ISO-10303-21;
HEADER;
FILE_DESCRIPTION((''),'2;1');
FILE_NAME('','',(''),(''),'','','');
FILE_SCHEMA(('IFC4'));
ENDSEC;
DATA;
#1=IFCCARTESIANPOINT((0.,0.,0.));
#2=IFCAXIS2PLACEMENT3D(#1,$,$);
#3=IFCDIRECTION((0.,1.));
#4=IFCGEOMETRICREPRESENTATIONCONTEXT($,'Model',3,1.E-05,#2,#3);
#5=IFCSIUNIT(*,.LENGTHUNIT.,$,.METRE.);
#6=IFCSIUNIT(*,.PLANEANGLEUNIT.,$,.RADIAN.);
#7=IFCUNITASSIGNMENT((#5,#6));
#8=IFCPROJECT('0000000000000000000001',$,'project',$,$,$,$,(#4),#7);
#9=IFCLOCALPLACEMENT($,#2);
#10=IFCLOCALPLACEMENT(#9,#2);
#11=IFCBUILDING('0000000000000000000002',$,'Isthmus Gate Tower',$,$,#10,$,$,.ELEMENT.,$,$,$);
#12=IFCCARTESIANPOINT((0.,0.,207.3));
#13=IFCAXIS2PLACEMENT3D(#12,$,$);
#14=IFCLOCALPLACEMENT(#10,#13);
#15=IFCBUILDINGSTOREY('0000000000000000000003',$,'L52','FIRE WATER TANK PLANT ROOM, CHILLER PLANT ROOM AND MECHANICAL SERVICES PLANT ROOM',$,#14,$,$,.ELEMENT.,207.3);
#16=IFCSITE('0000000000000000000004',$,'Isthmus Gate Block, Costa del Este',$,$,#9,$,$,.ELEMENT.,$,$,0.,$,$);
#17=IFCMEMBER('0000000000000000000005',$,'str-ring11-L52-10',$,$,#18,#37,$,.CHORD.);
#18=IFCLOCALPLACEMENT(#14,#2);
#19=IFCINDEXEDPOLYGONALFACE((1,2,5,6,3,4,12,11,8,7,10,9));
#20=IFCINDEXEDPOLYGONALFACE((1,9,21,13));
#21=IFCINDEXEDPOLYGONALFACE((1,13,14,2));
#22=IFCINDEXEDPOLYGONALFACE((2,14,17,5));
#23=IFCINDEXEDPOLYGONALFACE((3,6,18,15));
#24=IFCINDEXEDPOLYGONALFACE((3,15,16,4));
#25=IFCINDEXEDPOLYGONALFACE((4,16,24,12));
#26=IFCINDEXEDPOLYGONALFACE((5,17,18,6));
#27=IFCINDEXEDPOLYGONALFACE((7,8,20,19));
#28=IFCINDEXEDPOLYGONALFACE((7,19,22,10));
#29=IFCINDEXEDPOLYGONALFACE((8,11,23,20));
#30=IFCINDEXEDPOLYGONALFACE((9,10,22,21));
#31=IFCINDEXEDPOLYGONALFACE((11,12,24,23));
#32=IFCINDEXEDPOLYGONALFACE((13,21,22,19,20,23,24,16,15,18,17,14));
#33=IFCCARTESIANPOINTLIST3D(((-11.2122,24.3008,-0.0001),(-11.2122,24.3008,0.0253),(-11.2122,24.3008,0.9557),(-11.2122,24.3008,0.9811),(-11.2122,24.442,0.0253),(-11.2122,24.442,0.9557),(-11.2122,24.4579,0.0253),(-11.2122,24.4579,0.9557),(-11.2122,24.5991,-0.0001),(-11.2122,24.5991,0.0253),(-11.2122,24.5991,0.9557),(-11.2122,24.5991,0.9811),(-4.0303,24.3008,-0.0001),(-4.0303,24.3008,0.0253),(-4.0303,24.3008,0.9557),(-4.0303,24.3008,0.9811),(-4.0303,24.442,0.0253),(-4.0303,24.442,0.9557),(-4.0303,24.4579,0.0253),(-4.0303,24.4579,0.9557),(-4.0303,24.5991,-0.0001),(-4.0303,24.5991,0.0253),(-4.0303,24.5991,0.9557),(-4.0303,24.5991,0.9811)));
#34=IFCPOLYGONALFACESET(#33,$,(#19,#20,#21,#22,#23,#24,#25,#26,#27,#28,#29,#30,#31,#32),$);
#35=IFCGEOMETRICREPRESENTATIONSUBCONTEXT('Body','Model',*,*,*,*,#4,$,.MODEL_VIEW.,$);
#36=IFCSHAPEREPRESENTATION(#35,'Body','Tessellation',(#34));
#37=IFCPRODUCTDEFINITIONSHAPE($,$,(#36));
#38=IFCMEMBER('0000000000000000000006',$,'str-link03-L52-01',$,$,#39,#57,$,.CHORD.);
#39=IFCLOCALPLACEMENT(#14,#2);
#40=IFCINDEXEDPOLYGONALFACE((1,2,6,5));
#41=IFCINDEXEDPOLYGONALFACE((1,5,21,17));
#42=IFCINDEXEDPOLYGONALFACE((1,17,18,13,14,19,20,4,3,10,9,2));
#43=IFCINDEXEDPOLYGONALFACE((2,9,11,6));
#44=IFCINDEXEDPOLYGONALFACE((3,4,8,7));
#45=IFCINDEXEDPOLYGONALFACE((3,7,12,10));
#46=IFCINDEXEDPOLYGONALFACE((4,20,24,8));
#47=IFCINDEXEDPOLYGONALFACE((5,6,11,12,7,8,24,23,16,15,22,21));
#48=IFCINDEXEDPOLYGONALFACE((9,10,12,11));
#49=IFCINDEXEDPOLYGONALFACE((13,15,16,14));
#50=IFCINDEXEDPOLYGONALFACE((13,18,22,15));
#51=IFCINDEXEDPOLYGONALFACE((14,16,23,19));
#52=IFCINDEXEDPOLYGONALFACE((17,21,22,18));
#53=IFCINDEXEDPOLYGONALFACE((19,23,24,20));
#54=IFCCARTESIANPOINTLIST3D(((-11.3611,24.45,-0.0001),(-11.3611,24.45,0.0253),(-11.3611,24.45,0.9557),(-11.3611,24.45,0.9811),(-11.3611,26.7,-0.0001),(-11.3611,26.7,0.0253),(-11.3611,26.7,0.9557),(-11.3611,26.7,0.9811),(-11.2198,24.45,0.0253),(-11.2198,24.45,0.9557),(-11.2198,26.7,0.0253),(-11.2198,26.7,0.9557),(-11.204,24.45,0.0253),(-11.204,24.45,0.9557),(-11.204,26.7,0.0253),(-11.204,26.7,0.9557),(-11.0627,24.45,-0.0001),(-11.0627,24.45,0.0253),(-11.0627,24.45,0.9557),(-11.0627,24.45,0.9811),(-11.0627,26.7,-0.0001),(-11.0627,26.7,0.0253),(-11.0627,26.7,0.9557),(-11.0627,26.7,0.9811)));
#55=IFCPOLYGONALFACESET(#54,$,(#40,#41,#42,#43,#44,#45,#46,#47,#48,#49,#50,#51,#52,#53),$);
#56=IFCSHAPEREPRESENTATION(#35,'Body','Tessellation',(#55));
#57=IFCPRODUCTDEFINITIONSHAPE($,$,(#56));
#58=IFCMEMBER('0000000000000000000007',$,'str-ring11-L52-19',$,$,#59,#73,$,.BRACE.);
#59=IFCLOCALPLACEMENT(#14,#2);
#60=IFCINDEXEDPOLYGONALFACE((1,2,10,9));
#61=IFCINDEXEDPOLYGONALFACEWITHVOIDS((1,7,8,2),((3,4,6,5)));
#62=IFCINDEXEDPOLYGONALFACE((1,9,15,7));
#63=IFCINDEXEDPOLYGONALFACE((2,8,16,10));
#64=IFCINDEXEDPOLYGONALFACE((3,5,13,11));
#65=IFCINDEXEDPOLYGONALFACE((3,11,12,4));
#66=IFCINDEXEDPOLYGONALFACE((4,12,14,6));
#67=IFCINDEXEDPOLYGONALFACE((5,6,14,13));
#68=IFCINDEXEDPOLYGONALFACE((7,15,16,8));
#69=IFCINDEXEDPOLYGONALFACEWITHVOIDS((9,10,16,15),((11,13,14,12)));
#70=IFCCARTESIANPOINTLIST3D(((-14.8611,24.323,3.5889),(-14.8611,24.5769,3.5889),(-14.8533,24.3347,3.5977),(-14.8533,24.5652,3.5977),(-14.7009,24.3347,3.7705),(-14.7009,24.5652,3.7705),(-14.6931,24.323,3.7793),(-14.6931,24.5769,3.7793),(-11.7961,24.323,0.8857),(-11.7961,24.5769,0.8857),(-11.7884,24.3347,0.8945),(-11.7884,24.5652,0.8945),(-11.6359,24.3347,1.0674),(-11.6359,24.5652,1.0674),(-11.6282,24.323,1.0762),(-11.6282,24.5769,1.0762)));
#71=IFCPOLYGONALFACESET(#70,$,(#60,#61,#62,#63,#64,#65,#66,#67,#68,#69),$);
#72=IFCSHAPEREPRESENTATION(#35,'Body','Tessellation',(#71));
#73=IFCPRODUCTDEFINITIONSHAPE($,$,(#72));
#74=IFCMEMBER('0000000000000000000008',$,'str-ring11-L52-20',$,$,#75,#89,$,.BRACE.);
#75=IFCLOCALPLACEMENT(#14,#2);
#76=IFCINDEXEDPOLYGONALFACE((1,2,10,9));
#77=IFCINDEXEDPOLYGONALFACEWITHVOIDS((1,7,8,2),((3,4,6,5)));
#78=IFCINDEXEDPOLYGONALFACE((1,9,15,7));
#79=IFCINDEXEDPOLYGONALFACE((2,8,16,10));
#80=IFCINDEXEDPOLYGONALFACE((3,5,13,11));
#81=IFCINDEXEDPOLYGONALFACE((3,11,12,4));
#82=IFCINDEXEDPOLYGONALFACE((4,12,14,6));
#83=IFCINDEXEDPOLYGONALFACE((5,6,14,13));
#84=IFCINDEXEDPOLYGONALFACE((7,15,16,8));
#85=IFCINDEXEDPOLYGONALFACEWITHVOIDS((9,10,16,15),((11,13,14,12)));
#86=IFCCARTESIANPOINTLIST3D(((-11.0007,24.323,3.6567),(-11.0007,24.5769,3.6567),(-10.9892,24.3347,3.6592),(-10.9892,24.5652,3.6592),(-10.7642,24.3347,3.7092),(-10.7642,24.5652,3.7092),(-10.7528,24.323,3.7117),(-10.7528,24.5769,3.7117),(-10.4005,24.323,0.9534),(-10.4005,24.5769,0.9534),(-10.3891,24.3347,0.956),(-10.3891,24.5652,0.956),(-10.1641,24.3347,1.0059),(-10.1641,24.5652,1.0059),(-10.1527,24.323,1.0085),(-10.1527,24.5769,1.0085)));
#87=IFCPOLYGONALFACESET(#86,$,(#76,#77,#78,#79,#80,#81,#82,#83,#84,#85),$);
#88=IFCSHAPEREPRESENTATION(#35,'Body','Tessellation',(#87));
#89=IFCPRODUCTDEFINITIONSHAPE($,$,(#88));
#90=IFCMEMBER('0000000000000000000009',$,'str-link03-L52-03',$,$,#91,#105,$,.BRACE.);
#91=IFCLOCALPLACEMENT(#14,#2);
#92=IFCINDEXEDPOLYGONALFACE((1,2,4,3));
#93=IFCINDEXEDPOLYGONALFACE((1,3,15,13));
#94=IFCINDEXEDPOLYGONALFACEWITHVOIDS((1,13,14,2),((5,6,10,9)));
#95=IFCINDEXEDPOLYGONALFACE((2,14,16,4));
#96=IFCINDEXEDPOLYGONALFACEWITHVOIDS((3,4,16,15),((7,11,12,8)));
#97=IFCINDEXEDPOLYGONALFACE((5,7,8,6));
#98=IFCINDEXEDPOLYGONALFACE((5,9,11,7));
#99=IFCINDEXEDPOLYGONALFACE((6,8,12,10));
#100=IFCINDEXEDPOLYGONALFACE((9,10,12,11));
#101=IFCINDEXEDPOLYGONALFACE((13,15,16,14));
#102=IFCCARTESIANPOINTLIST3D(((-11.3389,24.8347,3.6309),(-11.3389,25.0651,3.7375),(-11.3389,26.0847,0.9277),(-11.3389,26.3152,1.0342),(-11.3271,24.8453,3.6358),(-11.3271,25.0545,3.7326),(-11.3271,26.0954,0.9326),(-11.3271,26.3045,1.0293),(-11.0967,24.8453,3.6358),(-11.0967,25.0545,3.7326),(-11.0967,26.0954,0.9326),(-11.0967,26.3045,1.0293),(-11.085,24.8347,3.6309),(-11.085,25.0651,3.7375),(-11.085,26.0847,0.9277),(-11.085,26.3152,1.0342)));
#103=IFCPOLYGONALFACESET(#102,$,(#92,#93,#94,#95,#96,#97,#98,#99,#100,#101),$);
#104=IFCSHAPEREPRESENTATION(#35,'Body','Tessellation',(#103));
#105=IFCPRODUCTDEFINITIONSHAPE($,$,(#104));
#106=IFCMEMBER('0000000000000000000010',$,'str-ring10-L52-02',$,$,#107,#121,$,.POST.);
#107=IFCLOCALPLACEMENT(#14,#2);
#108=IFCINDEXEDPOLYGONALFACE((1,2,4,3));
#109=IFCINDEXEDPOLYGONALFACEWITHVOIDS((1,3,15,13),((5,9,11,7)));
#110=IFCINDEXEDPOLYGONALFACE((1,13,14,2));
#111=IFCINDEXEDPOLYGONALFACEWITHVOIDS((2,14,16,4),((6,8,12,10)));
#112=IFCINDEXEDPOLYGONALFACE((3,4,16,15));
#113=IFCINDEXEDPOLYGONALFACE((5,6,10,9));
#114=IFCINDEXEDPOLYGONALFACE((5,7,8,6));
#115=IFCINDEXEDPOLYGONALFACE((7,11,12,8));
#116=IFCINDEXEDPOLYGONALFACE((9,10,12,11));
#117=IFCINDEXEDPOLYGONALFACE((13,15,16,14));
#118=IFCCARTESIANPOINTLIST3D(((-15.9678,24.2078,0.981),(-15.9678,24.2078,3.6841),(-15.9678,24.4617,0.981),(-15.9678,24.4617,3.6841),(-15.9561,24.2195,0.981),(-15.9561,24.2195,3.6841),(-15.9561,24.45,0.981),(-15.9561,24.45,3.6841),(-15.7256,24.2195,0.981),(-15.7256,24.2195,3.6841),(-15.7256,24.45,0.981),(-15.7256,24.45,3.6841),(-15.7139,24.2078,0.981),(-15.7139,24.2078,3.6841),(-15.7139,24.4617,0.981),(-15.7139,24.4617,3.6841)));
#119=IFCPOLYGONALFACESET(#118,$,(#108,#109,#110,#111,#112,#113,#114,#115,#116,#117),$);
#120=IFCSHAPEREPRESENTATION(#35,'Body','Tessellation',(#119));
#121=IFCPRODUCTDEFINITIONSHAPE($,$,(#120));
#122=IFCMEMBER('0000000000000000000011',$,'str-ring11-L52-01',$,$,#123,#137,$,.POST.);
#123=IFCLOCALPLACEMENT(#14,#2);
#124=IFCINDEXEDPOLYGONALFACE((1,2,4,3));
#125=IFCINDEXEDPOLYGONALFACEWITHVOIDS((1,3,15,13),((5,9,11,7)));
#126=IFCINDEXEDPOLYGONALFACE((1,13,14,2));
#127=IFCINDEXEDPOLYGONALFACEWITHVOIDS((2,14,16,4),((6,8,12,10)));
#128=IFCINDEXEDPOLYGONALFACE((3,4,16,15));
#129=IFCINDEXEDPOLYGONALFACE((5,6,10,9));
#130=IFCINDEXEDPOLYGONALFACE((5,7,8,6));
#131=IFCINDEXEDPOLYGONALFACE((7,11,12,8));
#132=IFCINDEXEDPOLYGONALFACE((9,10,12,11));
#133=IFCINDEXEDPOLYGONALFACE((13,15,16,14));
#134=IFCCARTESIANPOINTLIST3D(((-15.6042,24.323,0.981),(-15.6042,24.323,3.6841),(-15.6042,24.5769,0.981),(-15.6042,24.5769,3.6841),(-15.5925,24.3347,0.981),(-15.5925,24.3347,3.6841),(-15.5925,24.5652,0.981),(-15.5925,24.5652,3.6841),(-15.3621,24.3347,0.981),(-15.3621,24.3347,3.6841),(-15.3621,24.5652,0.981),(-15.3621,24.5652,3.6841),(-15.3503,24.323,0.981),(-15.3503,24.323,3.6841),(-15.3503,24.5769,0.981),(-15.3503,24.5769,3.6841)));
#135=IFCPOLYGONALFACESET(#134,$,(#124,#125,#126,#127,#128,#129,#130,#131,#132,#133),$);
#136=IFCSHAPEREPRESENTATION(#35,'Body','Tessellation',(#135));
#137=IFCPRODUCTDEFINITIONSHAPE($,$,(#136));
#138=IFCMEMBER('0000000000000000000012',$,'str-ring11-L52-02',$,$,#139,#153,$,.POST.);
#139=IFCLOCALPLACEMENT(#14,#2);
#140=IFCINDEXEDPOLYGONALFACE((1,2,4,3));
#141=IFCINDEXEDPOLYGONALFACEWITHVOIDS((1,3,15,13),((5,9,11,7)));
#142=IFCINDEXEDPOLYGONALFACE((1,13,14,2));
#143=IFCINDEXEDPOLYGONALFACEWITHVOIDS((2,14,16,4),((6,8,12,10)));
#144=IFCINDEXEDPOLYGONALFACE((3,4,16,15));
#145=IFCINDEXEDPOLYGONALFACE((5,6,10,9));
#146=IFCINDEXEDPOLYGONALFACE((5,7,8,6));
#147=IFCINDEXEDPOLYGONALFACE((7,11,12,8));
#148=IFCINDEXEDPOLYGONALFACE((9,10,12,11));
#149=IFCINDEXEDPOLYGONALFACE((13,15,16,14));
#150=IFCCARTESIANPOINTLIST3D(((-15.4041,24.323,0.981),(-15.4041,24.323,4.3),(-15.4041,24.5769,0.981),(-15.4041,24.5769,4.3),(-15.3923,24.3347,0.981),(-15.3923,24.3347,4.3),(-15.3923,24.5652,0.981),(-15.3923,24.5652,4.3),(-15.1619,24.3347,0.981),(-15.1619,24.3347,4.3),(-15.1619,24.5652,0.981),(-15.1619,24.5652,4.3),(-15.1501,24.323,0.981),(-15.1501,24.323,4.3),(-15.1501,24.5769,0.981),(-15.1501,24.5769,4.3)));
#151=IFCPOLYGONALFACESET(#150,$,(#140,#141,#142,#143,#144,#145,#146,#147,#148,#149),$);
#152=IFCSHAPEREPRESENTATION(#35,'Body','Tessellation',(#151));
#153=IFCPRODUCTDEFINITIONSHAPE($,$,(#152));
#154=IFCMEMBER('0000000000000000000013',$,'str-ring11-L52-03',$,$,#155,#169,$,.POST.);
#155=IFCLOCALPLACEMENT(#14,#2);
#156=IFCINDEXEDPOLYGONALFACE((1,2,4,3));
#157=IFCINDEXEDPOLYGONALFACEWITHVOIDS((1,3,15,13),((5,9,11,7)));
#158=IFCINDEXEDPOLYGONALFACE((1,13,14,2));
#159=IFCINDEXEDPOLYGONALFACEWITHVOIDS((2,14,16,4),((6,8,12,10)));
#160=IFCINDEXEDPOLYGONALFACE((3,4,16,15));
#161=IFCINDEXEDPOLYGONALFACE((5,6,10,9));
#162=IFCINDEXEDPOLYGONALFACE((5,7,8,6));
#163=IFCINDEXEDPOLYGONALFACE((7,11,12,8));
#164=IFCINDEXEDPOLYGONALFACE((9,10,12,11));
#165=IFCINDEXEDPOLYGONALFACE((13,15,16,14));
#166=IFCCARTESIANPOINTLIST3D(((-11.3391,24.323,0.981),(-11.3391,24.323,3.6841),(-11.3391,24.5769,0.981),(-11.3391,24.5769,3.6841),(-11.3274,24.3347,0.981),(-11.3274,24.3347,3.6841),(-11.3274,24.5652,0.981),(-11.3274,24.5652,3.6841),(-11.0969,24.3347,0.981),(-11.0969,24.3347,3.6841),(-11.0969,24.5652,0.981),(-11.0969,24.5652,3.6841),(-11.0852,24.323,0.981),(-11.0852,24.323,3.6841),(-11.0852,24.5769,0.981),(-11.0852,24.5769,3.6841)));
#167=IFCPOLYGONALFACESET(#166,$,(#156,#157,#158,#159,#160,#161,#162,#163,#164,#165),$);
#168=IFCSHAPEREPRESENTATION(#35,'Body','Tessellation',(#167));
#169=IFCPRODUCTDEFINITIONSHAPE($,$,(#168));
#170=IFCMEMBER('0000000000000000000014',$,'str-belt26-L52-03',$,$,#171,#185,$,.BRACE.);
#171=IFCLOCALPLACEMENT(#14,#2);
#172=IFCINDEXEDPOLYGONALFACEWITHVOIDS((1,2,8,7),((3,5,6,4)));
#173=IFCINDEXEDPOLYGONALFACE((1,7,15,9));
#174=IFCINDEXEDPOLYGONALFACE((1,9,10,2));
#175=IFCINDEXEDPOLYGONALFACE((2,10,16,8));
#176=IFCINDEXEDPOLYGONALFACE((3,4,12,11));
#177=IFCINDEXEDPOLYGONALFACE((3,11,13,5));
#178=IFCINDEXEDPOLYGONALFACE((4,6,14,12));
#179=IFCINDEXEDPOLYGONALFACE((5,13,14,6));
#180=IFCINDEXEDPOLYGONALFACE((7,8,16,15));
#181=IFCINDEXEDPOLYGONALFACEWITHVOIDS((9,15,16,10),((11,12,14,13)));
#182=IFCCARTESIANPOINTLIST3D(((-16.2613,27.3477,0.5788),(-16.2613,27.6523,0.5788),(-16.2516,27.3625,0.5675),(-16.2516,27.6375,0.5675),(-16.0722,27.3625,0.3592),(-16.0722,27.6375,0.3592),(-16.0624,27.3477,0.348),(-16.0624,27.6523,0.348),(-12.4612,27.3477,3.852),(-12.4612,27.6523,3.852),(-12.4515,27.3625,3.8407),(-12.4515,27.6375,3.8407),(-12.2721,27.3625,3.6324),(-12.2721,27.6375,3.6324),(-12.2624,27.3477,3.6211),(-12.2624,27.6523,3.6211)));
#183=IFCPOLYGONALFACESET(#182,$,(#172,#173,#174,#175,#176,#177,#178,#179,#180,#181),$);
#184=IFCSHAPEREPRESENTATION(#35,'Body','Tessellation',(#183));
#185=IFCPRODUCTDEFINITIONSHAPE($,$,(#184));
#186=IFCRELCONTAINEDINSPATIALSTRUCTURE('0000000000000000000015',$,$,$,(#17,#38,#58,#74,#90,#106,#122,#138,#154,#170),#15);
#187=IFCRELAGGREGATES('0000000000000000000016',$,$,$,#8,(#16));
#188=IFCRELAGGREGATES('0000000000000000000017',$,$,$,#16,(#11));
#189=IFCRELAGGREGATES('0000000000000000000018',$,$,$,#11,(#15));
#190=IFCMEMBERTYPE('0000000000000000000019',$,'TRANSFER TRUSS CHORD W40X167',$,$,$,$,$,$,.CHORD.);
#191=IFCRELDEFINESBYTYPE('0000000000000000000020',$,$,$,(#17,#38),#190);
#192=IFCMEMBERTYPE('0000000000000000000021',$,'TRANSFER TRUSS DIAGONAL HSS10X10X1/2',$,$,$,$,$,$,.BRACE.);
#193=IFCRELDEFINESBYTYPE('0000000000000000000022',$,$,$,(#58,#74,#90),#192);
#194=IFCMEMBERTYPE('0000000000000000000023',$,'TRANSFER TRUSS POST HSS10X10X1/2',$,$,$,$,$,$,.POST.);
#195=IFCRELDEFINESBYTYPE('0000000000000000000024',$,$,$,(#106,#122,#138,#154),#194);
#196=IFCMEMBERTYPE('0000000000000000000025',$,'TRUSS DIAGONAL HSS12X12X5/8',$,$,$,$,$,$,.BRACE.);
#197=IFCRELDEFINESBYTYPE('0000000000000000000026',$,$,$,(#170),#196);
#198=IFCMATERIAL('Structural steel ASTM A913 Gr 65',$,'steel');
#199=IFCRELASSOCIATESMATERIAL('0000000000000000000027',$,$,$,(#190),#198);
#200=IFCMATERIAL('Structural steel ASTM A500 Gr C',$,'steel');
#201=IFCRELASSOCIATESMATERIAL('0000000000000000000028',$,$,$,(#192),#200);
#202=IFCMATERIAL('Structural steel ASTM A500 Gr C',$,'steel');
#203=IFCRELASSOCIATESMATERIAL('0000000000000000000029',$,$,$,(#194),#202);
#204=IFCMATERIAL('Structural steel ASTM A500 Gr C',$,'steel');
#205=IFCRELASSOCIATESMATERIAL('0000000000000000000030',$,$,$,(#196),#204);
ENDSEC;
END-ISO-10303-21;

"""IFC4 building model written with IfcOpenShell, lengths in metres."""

from ifc_helpers import new_model, si_unit, direction, frame, origin, origin_2d, place, context, subcontext, project, spatial, hollow_rectangle, i_section, extrude, material, material_profile, profile_set, type_object, element, save


model = new_model("IFC4")

# Units and contexts
model_context = context("Model", 3, precision=1e-05, world=origin(), true_north=direction((0.0, 1.0)))
body_context = subcontext(model_context, "Body", "Model", "MODEL_VIEW")
ifc_project = project(units=[si_unit("LENGTHUNIT", "METRE"), si_unit("PLANEANGLEUNIT", "RADIAN")], contexts=[model_context])

# Site, building, storey
site_placement = place(None, origin())
site = spatial("IfcSite", under=ifc_project, at=site_placement, Name="Isthmus Gate Block, Costa del Este", CompositionType="ELEMENT", RefElevation=0.0)
building_placement = place(site_placement, origin())
building = spatial("IfcBuilding", under=site, at=building_placement, Name="Isthmus Gate Tower", CompositionType="ELEMENT")
storey_placement = place(building_placement, frame((0.0, 0.0, 207.3)))
storey = spatial("IfcBuildingStorey", under=building, at=storey_placement, Name="L52", Description="FIRE WATER TANK PLANT ROOM, CHILLER PLANT ROOM AND MECHANICAL SERVICES PLANT ROOM", CompositionType="ELEMENT", Elevation=207.3)

# Members
ifc_material_1 = material(Name="Structural steel ASTM A913 Gr 65", Category="steel")
ifc_material_profile_1 = material_profile(ifc_material_1, i_section(OverallWidth=0.2983, OverallDepth=0.9812, WebThickness=0.0159, FlangeThickness=0.0254, at=origin_2d()), Name="W40X167")
ifc_profile_set_1 = profile_set([ifc_material_profile_1], Name="Structural steel ASTM A913 Gr 65")
member_type_1 = type_object("IfcMemberType", Name="TRANSFER TRUSS CHORD W40X167", PredefinedType="CHORD", material=ifc_profile_set_1)
member_1_placement = place(storey_placement, frame((-11.2122, 24.45, 0.4905), z_axis=(1.0, 0.0, 0.0), x_axis=(0.0, 1.0, 0.0)))
element("IfcMember", 1, at=member_1_placement, inside=storey, type_object=member_type_1, Name="str-ring11-L52-10", PredefinedType="CHORD", context=body_context, shape_type="SweptSolid", body=[
    extrude(i_section(OverallWidth=0.2983, OverallDepth=0.9812, WebThickness=0.0159, FlangeThickness=0.0254, at=origin_2d()), origin(), (0.0, 0.0, 1.0), 7.1819),
])
member_2_placement = place(storey_placement, frame((-11.2119, 26.7, 0.4905), z_axis=(0.0, -1.0, 0.0), x_axis=(1.0, 0.0, 0.0)))
element("IfcMember", 2, at=member_2_placement, inside=storey, type_object=member_type_1, Name="str-link03-L52-01", PredefinedType="CHORD", context=body_context, shape_type="SweptSolid", body=[
    extrude(i_section(OverallWidth=0.2983, OverallDepth=0.9812, WebThickness=0.0159, FlangeThickness=0.0254, at=origin_2d()), origin(), (0.0, 0.0, 1.0), 2.25),
])
ifc_material_2 = material(Name="Structural steel ASTM A500 Gr C", Category="steel")
ifc_material_profile_2 = material_profile(ifc_material_2, hollow_rectangle(XDim=0.2539, YDim=0.2539, WallThickness=0.0117, at=origin_2d()), Name="HSS10X10X1/2")
ifc_profile_set_2 = profile_set([ifc_material_profile_2], Name="Structural steel ASTM A500 Gr C")
member_type_2 = type_object("IfcMemberType", Name="TRANSFER TRUSS DIAGONAL HSS10X10X1/2", PredefinedType="BRACE", material=ifc_profile_set_2)
member_3_placement = place(storey_placement, frame((-11.7122, 24.45, 0.981), z_axis=(-0.749988, 0.0, 0.661452), x_axis=(0.0, -1.0, 0.0)))
element("IfcMember", 3, at=member_3_placement, inside=storey, type_object=member_type_2, Name="str-ring11-L52-19", PredefinedType="BRACE", context=body_context, shape_type="SweptSolid", body=[
    extrude(hollow_rectangle(XDim=0.2539, YDim=0.2539, WallThickness=0.0117, at=origin_2d()), origin(), (0.0, 0.0, 1.0), 4.0867),
])
member_4_placement = place(storey_placement, frame((-10.2766, 24.45, 0.981), z_axis=(-0.216725, 0.0, 0.976233), x_axis=(0.0, -1.0, 0.0)))
element("IfcMember", 4, at=member_4_placement, inside=storey, type_object=member_type_2, Name="str-ring11-L52-20", PredefinedType="BRACE", context=body_context, shape_type="SweptSolid", body=[
    extrude(hollow_rectangle(XDim=0.2539, YDim=0.2539, WallThickness=0.0117, at=origin_2d()), origin(), (0.0, 0.0, 1.0), 2.769),
])
member_5_placement = place(storey_placement, frame((-11.2119, 26.2, 0.981), z_axis=(0.0, -0.419723, 0.907652), x_axis=(1.0, 0.0, 0.0)))
element("IfcMember", 5, at=member_5_placement, inside=storey, type_object=member_type_2, Name="str-link03-L52-03", PredefinedType="BRACE", context=body_context, shape_type="SweptSolid", body=[
    extrude(hollow_rectangle(XDim=0.2539, YDim=0.2539, WallThickness=0.0117, at=origin_2d()), origin(), (0.0, 0.0, 1.0), 2.9783),
])
ifc_material_3 = material(Name="Structural steel ASTM A500 Gr C", Category="steel")
ifc_material_profile_3 = material_profile(ifc_material_3, hollow_rectangle(XDim=0.2539, YDim=0.2539, WallThickness=0.0117, at=origin_2d()), Name="HSS10X10X1/2")
ifc_profile_set_3 = profile_set([ifc_material_profile_3], Name="Structural steel ASTM A500 Gr C")
member_type_3 = type_object("IfcMemberType", Name="TRANSFER TRUSS POST HSS10X10X1/2", PredefinedType="POST", material=ifc_profile_set_3)
for number, where, z_axis, x_axis, name in (
    (6, (-15.8408, 24.3347, 0.981), (0.0, 0.0, 1.0), (1.0, 0.0, 0.0), "str-ring10-L52-02"),
    (7, (-15.4773, 24.45, 0.981), (0.0, 0.0, 1.0), (1.0, 0.0, 0.0), "str-ring11-L52-01"),
):
    element("IfcMember", number, at=place(storey_placement, frame(where, z_axis=z_axis, x_axis=x_axis)), inside=storey, type_object=member_type_3, Name=name, PredefinedType="POST", context=body_context, shape_type="SweptSolid", body=[
        extrude(hollow_rectangle(XDim=0.2539, YDim=0.2539, WallThickness=0.0117, at=origin_2d()), origin(), (0.0, 0.0, 1.0), 2.7031),
    ])
member_6_placement = place(storey_placement, frame((-15.2771, 24.45, 0.981), z_axis=(0.0, 0.0, 1.0), x_axis=(1.0, 0.0, 0.0)))
element("IfcMember", 8, at=member_6_placement, inside=storey, type_object=member_type_3, Name="str-ring11-L52-02", PredefinedType="POST", context=body_context, shape_type="SweptSolid", body=[
    extrude(hollow_rectangle(XDim=0.2539, YDim=0.2539, WallThickness=0.0117, at=origin_2d()), origin(), (0.0, 0.0, 1.0), 3.3191),
])
member_7_placement = place(storey_placement, frame((-11.2122, 24.45, 0.981), z_axis=(0.0, 0.0, 1.0), x_axis=(1.0, 0.0, 0.0)))
element("IfcMember", 9, at=member_7_placement, inside=storey, type_object=member_type_3, Name="str-ring11-L52-03", PredefinedType="POST", context=body_context, shape_type="SweptSolid", body=[
    extrude(hollow_rectangle(XDim=0.2539, YDim=0.2539, WallThickness=0.0117, at=origin_2d()), origin(), (0.0, 0.0, 1.0), 2.7031),
])
ifc_material_4 = material(Name="Structural steel ASTM A500 Gr C", Category="steel")
ifc_material_profile_4 = material_profile(ifc_material_4, hollow_rectangle(XDim=0.3047, YDim=0.3047, WallThickness=0.0149, at=origin_2d()), Name="HSS12X12X5/8")
ifc_profile_set_4 = profile_set([ifc_material_profile_4], Name="Structural steel ASTM A500 Gr C")
member_type_4 = type_object("IfcMemberType", Name="TRUSS DIAGONAL HSS12X12X5/8", PredefinedType="BRACE", material=ifc_profile_set_4)
member_8_placement = place(storey_placement, frame((-16.1619, 27.5, 0.4634), z_axis=(0.757677, 0.0, 0.65263), x_axis=(0.0, 1.0, 0.0)))
element("IfcMember", 10, at=member_8_placement, inside=storey, type_object=member_type_4, Name="str-belt26-L52-03", PredefinedType="BRACE", context=body_context, shape_type="SweptSolid", body=[
    extrude(hollow_rectangle(XDim=0.3047, YDim=0.3047, WallThickness=0.0149, at=origin_2d()), origin(), (0.0, 0.0, 1.0), 5.0154),
])

save(model, "model.ifc")
